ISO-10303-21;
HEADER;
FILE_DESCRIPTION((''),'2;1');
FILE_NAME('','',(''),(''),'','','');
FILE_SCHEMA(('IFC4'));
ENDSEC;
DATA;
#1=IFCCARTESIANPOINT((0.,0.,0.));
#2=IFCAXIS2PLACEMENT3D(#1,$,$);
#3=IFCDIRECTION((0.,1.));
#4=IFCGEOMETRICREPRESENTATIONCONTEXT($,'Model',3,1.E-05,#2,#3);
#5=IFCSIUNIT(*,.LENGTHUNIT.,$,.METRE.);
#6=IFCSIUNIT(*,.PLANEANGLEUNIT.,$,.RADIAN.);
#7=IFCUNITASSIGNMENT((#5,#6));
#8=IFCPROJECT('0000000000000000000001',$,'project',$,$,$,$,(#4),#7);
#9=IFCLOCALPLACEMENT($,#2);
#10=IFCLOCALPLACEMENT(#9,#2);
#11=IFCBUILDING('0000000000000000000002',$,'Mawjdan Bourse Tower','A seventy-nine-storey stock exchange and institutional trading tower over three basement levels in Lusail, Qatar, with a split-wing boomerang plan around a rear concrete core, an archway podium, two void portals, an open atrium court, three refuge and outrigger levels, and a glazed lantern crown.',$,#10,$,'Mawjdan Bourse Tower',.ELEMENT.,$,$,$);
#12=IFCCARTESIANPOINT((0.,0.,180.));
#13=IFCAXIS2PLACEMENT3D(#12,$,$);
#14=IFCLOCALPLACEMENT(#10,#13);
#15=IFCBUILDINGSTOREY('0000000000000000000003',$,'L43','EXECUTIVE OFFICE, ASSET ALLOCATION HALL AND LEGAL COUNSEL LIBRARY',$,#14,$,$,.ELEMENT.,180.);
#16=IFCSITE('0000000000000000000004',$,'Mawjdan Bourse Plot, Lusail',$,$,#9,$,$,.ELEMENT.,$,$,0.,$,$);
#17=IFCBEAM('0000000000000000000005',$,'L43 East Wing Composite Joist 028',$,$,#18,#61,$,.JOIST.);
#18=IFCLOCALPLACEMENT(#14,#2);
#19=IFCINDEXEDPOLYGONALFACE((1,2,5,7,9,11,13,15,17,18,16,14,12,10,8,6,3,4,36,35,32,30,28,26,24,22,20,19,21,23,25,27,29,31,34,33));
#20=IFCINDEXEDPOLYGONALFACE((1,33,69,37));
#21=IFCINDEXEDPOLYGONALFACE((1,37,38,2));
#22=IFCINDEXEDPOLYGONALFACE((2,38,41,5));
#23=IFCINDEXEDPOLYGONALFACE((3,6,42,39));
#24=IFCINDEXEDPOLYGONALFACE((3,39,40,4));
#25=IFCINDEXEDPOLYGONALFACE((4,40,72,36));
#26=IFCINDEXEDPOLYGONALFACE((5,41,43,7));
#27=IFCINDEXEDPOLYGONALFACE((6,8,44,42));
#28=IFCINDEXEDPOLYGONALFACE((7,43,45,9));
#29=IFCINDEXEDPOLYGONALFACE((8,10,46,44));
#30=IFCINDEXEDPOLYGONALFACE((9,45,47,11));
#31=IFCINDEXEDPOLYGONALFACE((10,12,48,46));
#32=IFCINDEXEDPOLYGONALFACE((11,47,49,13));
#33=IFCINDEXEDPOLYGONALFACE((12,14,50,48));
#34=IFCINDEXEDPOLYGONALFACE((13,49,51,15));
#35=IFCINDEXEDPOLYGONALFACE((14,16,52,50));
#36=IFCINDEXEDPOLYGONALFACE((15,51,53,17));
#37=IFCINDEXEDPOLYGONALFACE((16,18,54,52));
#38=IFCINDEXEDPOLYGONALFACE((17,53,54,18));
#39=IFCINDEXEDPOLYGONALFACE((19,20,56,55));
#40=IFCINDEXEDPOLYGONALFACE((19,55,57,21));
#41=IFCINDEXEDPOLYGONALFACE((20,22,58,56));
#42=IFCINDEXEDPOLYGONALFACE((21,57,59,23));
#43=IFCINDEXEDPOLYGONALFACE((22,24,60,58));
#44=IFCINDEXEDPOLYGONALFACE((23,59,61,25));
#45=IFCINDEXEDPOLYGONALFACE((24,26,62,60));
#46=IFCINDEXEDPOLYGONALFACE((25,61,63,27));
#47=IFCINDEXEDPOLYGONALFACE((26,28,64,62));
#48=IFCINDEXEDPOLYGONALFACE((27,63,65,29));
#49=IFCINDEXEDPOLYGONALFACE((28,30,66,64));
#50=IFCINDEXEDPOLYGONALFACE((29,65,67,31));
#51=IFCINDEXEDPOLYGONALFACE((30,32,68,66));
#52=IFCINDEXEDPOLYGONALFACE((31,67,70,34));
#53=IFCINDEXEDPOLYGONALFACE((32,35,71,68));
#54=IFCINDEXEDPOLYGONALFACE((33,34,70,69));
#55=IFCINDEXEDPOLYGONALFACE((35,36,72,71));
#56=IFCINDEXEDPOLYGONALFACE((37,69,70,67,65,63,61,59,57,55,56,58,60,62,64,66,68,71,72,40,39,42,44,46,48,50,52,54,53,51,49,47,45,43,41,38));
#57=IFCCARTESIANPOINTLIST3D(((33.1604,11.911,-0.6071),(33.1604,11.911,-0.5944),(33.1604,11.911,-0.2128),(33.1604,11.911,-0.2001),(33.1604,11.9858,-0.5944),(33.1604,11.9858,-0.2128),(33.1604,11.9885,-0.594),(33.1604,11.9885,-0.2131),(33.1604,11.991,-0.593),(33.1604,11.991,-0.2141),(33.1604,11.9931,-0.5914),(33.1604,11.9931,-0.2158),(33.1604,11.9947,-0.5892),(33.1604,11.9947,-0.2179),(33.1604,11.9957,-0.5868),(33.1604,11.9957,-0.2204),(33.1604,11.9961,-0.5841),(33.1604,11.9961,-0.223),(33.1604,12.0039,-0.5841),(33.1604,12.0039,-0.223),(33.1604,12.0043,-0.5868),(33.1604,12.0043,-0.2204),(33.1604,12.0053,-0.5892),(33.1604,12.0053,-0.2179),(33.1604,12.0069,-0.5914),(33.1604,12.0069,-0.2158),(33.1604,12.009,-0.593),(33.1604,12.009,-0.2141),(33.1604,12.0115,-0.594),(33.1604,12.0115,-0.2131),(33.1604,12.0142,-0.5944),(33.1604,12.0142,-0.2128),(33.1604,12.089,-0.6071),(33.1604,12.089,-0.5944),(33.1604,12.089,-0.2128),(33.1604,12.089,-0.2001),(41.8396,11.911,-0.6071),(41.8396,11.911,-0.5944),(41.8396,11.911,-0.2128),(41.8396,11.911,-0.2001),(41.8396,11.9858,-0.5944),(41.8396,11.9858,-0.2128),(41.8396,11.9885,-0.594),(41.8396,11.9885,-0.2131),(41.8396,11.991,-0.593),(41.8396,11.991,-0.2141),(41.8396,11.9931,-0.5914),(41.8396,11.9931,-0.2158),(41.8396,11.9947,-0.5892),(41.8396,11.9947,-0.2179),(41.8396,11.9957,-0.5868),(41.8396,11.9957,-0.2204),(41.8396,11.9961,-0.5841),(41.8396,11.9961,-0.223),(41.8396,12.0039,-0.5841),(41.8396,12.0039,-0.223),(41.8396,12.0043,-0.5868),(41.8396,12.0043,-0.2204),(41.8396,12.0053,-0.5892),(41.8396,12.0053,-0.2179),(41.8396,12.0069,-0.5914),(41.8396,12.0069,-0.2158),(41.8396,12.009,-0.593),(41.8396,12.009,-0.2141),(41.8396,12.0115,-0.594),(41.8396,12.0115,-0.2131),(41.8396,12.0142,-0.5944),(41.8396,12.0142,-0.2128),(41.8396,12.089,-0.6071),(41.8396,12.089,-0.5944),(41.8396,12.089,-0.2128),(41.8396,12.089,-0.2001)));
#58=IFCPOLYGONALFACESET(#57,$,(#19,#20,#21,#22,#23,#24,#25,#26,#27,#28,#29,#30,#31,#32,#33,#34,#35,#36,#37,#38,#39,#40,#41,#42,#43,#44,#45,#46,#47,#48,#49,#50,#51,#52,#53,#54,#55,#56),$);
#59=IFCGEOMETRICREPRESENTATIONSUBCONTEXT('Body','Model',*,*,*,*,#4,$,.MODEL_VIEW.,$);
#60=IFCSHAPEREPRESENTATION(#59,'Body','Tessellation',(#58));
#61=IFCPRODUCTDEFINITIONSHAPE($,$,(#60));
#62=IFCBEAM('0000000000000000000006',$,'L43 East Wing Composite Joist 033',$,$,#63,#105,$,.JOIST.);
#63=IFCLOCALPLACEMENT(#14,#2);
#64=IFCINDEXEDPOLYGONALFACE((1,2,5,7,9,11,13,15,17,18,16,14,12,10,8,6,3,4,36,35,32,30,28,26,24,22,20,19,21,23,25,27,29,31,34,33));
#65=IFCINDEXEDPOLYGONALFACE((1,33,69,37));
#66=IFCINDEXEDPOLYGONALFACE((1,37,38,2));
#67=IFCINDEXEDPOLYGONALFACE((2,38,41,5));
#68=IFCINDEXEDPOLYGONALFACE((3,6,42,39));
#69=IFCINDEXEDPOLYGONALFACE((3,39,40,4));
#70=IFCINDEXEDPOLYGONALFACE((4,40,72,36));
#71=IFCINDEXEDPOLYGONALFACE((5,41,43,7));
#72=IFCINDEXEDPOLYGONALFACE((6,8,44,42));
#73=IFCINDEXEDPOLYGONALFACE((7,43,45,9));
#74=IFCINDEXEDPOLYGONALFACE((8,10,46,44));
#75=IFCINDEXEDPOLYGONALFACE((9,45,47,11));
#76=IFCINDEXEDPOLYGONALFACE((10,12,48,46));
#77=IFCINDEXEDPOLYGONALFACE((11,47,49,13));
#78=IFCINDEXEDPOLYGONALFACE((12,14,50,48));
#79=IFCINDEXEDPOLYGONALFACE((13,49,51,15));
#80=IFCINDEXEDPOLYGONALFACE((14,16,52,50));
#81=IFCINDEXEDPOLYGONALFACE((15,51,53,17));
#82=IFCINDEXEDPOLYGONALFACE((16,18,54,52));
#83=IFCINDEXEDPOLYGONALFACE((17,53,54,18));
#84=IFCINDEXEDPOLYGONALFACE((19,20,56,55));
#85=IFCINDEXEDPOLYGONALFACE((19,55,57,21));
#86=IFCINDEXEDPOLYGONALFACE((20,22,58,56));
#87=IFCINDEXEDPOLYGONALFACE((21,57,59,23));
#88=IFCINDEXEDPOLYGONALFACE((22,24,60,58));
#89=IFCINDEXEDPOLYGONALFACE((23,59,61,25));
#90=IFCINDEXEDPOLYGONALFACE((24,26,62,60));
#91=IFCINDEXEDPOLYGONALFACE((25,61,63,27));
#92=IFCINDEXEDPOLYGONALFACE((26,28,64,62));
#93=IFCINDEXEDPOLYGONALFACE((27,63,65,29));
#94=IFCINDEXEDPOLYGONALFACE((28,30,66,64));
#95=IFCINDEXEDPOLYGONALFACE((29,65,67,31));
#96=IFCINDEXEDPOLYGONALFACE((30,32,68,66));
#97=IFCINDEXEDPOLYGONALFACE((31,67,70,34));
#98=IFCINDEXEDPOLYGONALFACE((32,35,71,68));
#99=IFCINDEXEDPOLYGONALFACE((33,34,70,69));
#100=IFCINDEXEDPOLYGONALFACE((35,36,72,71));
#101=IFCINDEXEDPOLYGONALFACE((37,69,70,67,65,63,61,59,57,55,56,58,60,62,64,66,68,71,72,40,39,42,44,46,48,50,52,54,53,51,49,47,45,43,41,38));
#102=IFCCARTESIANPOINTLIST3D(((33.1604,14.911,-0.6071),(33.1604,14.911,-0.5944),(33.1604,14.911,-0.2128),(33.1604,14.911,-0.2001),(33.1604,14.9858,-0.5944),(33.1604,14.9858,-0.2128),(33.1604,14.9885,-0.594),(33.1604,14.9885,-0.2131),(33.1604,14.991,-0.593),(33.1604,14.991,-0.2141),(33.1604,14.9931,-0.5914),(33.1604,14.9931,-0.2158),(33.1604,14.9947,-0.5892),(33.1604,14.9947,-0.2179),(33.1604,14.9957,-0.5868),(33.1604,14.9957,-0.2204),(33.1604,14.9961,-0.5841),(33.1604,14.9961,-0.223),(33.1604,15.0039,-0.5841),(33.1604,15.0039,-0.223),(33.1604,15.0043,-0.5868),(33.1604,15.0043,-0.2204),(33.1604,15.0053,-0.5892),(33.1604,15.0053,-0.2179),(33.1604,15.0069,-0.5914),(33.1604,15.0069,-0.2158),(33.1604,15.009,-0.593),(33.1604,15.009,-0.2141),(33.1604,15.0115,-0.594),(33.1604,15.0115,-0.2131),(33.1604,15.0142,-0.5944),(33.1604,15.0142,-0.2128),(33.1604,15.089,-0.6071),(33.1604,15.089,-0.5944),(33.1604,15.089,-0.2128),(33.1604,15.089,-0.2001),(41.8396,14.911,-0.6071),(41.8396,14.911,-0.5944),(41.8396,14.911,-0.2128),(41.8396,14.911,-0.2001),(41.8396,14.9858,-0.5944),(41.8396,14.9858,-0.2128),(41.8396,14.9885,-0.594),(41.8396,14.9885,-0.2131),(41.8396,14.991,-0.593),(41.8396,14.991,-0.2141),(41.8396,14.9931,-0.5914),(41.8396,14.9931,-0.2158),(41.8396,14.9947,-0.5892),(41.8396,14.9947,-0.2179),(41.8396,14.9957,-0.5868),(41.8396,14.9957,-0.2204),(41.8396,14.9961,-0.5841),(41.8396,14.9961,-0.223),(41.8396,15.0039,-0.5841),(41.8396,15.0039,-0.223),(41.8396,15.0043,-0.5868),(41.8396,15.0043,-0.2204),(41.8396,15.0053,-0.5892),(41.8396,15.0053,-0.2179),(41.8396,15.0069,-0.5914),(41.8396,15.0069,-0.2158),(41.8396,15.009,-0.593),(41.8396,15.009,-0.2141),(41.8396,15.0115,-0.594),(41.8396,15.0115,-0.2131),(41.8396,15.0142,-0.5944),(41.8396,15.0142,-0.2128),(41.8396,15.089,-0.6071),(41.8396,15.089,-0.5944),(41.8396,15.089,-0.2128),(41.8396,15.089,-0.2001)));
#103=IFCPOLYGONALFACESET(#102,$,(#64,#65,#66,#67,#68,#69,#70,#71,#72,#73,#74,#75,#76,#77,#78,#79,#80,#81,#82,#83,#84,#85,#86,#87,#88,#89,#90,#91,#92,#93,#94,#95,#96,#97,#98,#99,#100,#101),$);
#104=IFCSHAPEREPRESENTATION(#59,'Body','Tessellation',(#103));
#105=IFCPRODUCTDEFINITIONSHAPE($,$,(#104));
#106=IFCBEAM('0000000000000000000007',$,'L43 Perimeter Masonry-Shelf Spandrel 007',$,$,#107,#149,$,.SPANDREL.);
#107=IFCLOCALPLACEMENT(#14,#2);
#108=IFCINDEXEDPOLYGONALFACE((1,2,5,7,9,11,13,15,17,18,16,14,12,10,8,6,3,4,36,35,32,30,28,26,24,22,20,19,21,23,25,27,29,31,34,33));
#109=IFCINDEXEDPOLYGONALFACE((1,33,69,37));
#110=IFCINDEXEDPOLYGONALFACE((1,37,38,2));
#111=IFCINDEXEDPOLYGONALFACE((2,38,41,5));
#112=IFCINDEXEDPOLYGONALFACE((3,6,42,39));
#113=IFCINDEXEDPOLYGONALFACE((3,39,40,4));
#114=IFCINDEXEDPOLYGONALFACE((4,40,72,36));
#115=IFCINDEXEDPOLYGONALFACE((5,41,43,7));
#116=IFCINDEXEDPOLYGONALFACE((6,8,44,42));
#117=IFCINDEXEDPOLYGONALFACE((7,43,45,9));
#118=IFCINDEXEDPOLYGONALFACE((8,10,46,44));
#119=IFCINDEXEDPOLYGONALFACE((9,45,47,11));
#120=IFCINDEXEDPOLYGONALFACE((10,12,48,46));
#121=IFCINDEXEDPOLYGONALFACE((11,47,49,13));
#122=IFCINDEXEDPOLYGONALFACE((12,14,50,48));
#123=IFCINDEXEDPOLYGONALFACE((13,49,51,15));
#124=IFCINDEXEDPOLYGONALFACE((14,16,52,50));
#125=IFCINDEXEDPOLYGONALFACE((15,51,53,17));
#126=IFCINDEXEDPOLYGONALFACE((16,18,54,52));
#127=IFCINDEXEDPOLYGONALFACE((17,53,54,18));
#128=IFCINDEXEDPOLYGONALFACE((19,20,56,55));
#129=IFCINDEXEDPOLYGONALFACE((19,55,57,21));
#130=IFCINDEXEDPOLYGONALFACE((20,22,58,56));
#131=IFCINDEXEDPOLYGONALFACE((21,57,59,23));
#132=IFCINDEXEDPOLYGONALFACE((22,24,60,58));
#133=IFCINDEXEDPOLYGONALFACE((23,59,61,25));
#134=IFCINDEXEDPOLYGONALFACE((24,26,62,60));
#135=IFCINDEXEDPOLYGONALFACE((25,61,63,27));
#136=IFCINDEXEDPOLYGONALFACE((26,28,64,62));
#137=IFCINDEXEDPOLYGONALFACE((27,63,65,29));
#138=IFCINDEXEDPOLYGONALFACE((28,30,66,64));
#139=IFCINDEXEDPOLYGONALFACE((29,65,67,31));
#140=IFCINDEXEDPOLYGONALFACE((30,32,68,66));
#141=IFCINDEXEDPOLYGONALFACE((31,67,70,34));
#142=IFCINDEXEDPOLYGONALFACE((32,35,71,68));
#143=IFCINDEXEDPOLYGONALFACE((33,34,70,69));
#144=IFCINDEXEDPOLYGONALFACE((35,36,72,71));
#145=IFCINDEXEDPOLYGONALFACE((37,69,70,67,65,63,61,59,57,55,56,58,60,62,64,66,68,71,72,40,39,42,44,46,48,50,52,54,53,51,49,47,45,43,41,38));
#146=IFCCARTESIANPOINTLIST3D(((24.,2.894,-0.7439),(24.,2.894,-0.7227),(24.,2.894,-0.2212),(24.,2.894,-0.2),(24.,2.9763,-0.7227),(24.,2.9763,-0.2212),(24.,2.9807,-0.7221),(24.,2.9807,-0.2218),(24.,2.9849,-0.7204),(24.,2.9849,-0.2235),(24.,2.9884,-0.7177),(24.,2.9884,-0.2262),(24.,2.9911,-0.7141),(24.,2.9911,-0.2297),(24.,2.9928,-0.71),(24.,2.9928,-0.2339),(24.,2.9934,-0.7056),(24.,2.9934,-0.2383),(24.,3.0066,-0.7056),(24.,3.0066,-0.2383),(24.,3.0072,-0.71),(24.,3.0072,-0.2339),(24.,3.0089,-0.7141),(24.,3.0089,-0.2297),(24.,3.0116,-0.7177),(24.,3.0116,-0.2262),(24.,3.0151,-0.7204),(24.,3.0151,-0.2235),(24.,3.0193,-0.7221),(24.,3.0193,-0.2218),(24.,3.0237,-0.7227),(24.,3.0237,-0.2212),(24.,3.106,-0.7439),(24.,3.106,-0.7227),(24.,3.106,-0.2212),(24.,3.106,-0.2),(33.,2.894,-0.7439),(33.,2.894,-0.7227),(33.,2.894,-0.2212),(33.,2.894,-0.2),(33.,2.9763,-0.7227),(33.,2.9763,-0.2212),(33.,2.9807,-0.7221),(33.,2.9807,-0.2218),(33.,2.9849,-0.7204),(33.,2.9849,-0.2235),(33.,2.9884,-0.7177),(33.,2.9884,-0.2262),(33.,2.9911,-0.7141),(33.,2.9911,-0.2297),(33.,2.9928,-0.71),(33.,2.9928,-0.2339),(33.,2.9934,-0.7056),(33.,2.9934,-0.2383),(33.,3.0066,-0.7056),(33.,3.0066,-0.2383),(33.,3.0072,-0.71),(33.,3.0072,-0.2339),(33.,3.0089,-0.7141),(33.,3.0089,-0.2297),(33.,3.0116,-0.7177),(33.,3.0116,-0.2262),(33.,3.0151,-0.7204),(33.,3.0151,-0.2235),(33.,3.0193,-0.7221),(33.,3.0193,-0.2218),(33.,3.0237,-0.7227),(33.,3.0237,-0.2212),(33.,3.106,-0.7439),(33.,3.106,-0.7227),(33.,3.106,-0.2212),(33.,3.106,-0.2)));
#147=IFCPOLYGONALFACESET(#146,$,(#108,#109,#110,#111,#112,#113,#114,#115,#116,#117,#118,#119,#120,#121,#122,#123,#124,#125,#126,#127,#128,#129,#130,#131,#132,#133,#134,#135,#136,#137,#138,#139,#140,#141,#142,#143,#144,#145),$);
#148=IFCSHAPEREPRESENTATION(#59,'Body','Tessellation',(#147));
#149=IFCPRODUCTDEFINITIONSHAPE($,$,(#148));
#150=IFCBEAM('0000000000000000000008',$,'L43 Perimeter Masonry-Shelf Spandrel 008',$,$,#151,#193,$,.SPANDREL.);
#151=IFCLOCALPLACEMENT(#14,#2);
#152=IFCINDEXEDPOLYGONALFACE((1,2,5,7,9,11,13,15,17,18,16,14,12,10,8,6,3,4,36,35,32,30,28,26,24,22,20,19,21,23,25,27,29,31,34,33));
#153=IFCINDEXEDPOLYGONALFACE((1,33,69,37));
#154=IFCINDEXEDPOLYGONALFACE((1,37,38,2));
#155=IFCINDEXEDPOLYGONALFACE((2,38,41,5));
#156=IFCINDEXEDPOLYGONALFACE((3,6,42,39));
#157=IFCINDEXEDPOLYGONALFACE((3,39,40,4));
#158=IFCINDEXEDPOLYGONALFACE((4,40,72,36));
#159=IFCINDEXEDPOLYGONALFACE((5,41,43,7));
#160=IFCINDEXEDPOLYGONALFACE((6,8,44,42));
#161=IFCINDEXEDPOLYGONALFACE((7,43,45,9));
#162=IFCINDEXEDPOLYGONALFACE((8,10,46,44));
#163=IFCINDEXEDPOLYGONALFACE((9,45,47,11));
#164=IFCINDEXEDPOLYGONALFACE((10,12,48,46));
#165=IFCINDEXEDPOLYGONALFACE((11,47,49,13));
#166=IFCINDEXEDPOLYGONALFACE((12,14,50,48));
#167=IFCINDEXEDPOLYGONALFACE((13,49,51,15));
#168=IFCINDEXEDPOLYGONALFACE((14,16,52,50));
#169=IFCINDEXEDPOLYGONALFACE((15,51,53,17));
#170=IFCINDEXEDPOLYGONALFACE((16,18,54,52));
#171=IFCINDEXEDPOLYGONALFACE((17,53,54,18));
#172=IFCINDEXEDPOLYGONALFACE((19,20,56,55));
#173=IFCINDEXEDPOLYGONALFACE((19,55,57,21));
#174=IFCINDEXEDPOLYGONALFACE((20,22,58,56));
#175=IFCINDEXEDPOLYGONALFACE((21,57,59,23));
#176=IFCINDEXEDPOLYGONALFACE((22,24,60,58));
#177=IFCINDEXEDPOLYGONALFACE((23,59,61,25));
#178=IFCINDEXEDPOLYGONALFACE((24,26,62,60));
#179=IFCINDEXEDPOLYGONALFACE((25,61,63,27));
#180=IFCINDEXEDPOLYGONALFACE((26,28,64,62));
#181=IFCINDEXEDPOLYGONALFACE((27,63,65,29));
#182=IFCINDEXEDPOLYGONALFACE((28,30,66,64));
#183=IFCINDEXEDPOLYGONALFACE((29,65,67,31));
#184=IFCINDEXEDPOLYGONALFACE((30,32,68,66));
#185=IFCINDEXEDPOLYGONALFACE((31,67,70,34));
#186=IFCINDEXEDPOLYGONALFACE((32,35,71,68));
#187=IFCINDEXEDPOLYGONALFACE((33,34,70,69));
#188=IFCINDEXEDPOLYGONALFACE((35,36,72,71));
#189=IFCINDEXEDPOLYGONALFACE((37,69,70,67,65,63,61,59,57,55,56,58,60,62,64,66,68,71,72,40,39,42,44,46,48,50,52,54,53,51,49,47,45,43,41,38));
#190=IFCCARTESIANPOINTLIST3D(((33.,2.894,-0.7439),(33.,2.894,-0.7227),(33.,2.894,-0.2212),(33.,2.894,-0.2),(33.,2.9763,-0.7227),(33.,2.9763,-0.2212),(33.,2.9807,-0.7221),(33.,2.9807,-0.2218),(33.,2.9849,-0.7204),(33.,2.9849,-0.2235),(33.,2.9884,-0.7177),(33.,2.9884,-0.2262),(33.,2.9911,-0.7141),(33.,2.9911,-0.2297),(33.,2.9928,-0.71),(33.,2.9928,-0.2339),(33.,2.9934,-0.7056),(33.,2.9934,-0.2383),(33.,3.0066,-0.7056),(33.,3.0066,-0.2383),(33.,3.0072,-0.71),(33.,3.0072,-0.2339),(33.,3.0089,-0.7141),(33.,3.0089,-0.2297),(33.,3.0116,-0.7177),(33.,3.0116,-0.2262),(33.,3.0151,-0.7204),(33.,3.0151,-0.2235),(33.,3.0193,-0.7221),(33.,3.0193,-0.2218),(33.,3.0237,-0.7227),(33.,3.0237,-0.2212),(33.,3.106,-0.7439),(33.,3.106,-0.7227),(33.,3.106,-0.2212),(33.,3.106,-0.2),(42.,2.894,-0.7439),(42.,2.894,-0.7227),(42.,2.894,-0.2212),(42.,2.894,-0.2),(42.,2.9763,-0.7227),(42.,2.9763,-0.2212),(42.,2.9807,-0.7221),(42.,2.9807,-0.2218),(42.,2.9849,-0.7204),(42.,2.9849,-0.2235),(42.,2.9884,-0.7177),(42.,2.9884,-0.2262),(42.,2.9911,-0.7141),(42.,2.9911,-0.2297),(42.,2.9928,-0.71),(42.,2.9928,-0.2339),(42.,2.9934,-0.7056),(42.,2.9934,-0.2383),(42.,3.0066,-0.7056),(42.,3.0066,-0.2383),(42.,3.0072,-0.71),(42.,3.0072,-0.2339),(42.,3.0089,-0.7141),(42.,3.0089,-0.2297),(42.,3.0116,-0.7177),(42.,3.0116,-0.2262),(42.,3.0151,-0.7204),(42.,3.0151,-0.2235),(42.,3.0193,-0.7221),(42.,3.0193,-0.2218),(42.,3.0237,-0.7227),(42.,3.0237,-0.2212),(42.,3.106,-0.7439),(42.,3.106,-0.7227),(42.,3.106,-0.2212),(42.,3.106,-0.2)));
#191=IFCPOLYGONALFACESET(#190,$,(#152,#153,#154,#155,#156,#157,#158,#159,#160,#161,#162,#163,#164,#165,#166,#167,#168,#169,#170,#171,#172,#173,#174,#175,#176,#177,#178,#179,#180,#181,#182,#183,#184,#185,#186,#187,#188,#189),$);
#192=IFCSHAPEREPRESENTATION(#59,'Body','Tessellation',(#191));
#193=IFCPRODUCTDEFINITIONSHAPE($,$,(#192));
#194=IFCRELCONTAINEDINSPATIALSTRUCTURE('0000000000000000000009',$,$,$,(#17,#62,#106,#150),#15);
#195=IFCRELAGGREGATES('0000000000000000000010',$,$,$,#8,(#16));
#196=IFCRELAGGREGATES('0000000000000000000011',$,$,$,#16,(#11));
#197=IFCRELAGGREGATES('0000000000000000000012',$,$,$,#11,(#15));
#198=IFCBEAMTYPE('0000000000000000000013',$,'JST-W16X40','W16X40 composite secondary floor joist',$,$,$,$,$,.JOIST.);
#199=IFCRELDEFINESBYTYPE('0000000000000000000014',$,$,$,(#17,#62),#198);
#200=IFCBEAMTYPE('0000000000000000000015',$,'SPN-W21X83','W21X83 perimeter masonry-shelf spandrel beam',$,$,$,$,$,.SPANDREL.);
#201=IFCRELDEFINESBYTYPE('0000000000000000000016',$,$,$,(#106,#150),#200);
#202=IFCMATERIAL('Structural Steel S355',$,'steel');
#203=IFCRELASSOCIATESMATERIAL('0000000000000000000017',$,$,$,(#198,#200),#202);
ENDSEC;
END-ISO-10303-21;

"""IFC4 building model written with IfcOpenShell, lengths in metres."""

from ifc_helpers import new_model, si_unit, direction, frame, origin, origin_2d, place, context, subcontext, project, spatial, i_section, extrude, material, material_profile, profile_set, type_object, element, save


model = new_model("IFC4")

# Units and contexts
model_context = context("Model", 3, precision=1e-05, world=origin(), true_north=direction((0.0, 1.0)))
body_context = subcontext(model_context, "Body", "Model", "MODEL_VIEW")
ifc_project = project(units=[si_unit("LENGTHUNIT", "METRE"), si_unit("PLANEANGLEUNIT", "RADIAN")], contexts=[model_context])

# Site, building, storey
site_placement = place(None, origin())
site = spatial("IfcSite", under=ifc_project, at=site_placement, Name="Mawjdan Bourse Plot, Lusail", CompositionType="ELEMENT", RefElevation=0.0)
building_placement = place(site_placement, origin())
building = spatial("IfcBuilding", under=site, at=building_placement, Name="Mawjdan Bourse Tower", Description="A seventy-nine-storey stock exchange and institutional trading tower over three basement levels in Lusail, Qatar, with a split-wing boomerang plan around a rear concrete core, an archway podium, two void portals, an open atrium court, three refuge and outrigger levels, and a glazed lantern crown.", LongName="Mawjdan Bourse Tower", CompositionType="ELEMENT")
storey_placement = place(building_placement, frame((0.0, 0.0, 180.0)))
storey = spatial("IfcBuildingStorey", under=building, at=storey_placement, Name="L43", Description="EXECUTIVE OFFICE, ASSET ALLOCATION HALL AND LEGAL COUNSEL LIBRARY", CompositionType="ELEMENT", Elevation=180.0)

# Beams
ifc_material_1 = material(Name="Structural Steel S355", Category="steel")
ifc_material_profile_1 = material_profile(ifc_material_1, i_section(OverallWidth=0.178, OverallDepth=0.407, WebThickness=0.0078, FlangeThickness=0.0127, FilletRadius=0.0103, at=origin_2d()), Name="W16X40")
ifc_profile_set_1 = profile_set([ifc_material_profile_1], Name="Structural Steel S355")
beam_type_1 = type_object("IfcBeamType", Name="JST-W16X40", Description="W16X40 composite secondary floor joist", PredefinedType="JOIST", material=ifc_profile_set_1)
for number, where, z_axis, x_axis, name in (
    (1, (33.1604, 12.0, -0.4036), (1.0, 0.0, 0.0), (0.0, 1.0, 0.0), "L43 East Wing Composite Joist 028"),
    (2, (33.1604, 15.0, -0.4036), (1.0, 0.0, 0.0), (0.0, 1.0, 0.0), "L43 East Wing Composite Joist 033"),
):
    element("IfcBeam", number, at=place(storey_placement, frame(where, z_axis=z_axis, x_axis=x_axis)), inside=storey, type_object=beam_type_1, Name=name, PredefinedType="JOIST", context=body_context, shape_type="SweptSolid", body=[
        extrude(i_section(OverallWidth=0.178, OverallDepth=0.407, WebThickness=0.0078, FlangeThickness=0.0127, FilletRadius=0.0103, at=origin_2d()), origin(), (0.0, 0.0, 1.0), 8.6792),
    ])
ifc_material_profile_2 = material_profile(ifc_material_1, i_section(OverallWidth=0.2119, OverallDepth=0.5439, WebThickness=0.0132, FlangeThickness=0.0212, FilletRadius=0.0171, at=origin_2d()), Name="W21X83")
ifc_profile_set_2 = profile_set([ifc_material_profile_2], Name="Structural Steel S355")
beam_type_2 = type_object("IfcBeamType", Name="SPN-W21X83", Description="W21X83 perimeter masonry-shelf spandrel beam", PredefinedType="SPANDREL", material=ifc_profile_set_2)
for number, where, z_axis, x_axis, name in (
    (3, (24.0, 3.0, -0.4719), (1.0, 0.0, 0.0), (0.0, 1.0, 0.0), "L43 Perimeter Masonry-Shelf Spandrel 007"),
    (4, (33.0, 3.0, -0.4719), (1.0, 0.0, 0.0), (0.0, 1.0, 0.0), "L43 Perimeter Masonry-Shelf Spandrel 008"),
):
    element("IfcBeam", number, at=place(storey_placement, frame(where, z_axis=z_axis, x_axis=x_axis)), inside=storey, type_object=beam_type_2, Name=name, PredefinedType="SPANDREL", context=body_context, shape_type="SweptSolid", body=[
        extrude(i_section(OverallWidth=0.2119, OverallDepth=0.5439, WebThickness=0.0132, FlangeThickness=0.0212, FilletRadius=0.0171, at=origin_2d()), origin(), (0.0, 0.0, 1.0), 9.0),
    ])

save(model, "model.ifc")
